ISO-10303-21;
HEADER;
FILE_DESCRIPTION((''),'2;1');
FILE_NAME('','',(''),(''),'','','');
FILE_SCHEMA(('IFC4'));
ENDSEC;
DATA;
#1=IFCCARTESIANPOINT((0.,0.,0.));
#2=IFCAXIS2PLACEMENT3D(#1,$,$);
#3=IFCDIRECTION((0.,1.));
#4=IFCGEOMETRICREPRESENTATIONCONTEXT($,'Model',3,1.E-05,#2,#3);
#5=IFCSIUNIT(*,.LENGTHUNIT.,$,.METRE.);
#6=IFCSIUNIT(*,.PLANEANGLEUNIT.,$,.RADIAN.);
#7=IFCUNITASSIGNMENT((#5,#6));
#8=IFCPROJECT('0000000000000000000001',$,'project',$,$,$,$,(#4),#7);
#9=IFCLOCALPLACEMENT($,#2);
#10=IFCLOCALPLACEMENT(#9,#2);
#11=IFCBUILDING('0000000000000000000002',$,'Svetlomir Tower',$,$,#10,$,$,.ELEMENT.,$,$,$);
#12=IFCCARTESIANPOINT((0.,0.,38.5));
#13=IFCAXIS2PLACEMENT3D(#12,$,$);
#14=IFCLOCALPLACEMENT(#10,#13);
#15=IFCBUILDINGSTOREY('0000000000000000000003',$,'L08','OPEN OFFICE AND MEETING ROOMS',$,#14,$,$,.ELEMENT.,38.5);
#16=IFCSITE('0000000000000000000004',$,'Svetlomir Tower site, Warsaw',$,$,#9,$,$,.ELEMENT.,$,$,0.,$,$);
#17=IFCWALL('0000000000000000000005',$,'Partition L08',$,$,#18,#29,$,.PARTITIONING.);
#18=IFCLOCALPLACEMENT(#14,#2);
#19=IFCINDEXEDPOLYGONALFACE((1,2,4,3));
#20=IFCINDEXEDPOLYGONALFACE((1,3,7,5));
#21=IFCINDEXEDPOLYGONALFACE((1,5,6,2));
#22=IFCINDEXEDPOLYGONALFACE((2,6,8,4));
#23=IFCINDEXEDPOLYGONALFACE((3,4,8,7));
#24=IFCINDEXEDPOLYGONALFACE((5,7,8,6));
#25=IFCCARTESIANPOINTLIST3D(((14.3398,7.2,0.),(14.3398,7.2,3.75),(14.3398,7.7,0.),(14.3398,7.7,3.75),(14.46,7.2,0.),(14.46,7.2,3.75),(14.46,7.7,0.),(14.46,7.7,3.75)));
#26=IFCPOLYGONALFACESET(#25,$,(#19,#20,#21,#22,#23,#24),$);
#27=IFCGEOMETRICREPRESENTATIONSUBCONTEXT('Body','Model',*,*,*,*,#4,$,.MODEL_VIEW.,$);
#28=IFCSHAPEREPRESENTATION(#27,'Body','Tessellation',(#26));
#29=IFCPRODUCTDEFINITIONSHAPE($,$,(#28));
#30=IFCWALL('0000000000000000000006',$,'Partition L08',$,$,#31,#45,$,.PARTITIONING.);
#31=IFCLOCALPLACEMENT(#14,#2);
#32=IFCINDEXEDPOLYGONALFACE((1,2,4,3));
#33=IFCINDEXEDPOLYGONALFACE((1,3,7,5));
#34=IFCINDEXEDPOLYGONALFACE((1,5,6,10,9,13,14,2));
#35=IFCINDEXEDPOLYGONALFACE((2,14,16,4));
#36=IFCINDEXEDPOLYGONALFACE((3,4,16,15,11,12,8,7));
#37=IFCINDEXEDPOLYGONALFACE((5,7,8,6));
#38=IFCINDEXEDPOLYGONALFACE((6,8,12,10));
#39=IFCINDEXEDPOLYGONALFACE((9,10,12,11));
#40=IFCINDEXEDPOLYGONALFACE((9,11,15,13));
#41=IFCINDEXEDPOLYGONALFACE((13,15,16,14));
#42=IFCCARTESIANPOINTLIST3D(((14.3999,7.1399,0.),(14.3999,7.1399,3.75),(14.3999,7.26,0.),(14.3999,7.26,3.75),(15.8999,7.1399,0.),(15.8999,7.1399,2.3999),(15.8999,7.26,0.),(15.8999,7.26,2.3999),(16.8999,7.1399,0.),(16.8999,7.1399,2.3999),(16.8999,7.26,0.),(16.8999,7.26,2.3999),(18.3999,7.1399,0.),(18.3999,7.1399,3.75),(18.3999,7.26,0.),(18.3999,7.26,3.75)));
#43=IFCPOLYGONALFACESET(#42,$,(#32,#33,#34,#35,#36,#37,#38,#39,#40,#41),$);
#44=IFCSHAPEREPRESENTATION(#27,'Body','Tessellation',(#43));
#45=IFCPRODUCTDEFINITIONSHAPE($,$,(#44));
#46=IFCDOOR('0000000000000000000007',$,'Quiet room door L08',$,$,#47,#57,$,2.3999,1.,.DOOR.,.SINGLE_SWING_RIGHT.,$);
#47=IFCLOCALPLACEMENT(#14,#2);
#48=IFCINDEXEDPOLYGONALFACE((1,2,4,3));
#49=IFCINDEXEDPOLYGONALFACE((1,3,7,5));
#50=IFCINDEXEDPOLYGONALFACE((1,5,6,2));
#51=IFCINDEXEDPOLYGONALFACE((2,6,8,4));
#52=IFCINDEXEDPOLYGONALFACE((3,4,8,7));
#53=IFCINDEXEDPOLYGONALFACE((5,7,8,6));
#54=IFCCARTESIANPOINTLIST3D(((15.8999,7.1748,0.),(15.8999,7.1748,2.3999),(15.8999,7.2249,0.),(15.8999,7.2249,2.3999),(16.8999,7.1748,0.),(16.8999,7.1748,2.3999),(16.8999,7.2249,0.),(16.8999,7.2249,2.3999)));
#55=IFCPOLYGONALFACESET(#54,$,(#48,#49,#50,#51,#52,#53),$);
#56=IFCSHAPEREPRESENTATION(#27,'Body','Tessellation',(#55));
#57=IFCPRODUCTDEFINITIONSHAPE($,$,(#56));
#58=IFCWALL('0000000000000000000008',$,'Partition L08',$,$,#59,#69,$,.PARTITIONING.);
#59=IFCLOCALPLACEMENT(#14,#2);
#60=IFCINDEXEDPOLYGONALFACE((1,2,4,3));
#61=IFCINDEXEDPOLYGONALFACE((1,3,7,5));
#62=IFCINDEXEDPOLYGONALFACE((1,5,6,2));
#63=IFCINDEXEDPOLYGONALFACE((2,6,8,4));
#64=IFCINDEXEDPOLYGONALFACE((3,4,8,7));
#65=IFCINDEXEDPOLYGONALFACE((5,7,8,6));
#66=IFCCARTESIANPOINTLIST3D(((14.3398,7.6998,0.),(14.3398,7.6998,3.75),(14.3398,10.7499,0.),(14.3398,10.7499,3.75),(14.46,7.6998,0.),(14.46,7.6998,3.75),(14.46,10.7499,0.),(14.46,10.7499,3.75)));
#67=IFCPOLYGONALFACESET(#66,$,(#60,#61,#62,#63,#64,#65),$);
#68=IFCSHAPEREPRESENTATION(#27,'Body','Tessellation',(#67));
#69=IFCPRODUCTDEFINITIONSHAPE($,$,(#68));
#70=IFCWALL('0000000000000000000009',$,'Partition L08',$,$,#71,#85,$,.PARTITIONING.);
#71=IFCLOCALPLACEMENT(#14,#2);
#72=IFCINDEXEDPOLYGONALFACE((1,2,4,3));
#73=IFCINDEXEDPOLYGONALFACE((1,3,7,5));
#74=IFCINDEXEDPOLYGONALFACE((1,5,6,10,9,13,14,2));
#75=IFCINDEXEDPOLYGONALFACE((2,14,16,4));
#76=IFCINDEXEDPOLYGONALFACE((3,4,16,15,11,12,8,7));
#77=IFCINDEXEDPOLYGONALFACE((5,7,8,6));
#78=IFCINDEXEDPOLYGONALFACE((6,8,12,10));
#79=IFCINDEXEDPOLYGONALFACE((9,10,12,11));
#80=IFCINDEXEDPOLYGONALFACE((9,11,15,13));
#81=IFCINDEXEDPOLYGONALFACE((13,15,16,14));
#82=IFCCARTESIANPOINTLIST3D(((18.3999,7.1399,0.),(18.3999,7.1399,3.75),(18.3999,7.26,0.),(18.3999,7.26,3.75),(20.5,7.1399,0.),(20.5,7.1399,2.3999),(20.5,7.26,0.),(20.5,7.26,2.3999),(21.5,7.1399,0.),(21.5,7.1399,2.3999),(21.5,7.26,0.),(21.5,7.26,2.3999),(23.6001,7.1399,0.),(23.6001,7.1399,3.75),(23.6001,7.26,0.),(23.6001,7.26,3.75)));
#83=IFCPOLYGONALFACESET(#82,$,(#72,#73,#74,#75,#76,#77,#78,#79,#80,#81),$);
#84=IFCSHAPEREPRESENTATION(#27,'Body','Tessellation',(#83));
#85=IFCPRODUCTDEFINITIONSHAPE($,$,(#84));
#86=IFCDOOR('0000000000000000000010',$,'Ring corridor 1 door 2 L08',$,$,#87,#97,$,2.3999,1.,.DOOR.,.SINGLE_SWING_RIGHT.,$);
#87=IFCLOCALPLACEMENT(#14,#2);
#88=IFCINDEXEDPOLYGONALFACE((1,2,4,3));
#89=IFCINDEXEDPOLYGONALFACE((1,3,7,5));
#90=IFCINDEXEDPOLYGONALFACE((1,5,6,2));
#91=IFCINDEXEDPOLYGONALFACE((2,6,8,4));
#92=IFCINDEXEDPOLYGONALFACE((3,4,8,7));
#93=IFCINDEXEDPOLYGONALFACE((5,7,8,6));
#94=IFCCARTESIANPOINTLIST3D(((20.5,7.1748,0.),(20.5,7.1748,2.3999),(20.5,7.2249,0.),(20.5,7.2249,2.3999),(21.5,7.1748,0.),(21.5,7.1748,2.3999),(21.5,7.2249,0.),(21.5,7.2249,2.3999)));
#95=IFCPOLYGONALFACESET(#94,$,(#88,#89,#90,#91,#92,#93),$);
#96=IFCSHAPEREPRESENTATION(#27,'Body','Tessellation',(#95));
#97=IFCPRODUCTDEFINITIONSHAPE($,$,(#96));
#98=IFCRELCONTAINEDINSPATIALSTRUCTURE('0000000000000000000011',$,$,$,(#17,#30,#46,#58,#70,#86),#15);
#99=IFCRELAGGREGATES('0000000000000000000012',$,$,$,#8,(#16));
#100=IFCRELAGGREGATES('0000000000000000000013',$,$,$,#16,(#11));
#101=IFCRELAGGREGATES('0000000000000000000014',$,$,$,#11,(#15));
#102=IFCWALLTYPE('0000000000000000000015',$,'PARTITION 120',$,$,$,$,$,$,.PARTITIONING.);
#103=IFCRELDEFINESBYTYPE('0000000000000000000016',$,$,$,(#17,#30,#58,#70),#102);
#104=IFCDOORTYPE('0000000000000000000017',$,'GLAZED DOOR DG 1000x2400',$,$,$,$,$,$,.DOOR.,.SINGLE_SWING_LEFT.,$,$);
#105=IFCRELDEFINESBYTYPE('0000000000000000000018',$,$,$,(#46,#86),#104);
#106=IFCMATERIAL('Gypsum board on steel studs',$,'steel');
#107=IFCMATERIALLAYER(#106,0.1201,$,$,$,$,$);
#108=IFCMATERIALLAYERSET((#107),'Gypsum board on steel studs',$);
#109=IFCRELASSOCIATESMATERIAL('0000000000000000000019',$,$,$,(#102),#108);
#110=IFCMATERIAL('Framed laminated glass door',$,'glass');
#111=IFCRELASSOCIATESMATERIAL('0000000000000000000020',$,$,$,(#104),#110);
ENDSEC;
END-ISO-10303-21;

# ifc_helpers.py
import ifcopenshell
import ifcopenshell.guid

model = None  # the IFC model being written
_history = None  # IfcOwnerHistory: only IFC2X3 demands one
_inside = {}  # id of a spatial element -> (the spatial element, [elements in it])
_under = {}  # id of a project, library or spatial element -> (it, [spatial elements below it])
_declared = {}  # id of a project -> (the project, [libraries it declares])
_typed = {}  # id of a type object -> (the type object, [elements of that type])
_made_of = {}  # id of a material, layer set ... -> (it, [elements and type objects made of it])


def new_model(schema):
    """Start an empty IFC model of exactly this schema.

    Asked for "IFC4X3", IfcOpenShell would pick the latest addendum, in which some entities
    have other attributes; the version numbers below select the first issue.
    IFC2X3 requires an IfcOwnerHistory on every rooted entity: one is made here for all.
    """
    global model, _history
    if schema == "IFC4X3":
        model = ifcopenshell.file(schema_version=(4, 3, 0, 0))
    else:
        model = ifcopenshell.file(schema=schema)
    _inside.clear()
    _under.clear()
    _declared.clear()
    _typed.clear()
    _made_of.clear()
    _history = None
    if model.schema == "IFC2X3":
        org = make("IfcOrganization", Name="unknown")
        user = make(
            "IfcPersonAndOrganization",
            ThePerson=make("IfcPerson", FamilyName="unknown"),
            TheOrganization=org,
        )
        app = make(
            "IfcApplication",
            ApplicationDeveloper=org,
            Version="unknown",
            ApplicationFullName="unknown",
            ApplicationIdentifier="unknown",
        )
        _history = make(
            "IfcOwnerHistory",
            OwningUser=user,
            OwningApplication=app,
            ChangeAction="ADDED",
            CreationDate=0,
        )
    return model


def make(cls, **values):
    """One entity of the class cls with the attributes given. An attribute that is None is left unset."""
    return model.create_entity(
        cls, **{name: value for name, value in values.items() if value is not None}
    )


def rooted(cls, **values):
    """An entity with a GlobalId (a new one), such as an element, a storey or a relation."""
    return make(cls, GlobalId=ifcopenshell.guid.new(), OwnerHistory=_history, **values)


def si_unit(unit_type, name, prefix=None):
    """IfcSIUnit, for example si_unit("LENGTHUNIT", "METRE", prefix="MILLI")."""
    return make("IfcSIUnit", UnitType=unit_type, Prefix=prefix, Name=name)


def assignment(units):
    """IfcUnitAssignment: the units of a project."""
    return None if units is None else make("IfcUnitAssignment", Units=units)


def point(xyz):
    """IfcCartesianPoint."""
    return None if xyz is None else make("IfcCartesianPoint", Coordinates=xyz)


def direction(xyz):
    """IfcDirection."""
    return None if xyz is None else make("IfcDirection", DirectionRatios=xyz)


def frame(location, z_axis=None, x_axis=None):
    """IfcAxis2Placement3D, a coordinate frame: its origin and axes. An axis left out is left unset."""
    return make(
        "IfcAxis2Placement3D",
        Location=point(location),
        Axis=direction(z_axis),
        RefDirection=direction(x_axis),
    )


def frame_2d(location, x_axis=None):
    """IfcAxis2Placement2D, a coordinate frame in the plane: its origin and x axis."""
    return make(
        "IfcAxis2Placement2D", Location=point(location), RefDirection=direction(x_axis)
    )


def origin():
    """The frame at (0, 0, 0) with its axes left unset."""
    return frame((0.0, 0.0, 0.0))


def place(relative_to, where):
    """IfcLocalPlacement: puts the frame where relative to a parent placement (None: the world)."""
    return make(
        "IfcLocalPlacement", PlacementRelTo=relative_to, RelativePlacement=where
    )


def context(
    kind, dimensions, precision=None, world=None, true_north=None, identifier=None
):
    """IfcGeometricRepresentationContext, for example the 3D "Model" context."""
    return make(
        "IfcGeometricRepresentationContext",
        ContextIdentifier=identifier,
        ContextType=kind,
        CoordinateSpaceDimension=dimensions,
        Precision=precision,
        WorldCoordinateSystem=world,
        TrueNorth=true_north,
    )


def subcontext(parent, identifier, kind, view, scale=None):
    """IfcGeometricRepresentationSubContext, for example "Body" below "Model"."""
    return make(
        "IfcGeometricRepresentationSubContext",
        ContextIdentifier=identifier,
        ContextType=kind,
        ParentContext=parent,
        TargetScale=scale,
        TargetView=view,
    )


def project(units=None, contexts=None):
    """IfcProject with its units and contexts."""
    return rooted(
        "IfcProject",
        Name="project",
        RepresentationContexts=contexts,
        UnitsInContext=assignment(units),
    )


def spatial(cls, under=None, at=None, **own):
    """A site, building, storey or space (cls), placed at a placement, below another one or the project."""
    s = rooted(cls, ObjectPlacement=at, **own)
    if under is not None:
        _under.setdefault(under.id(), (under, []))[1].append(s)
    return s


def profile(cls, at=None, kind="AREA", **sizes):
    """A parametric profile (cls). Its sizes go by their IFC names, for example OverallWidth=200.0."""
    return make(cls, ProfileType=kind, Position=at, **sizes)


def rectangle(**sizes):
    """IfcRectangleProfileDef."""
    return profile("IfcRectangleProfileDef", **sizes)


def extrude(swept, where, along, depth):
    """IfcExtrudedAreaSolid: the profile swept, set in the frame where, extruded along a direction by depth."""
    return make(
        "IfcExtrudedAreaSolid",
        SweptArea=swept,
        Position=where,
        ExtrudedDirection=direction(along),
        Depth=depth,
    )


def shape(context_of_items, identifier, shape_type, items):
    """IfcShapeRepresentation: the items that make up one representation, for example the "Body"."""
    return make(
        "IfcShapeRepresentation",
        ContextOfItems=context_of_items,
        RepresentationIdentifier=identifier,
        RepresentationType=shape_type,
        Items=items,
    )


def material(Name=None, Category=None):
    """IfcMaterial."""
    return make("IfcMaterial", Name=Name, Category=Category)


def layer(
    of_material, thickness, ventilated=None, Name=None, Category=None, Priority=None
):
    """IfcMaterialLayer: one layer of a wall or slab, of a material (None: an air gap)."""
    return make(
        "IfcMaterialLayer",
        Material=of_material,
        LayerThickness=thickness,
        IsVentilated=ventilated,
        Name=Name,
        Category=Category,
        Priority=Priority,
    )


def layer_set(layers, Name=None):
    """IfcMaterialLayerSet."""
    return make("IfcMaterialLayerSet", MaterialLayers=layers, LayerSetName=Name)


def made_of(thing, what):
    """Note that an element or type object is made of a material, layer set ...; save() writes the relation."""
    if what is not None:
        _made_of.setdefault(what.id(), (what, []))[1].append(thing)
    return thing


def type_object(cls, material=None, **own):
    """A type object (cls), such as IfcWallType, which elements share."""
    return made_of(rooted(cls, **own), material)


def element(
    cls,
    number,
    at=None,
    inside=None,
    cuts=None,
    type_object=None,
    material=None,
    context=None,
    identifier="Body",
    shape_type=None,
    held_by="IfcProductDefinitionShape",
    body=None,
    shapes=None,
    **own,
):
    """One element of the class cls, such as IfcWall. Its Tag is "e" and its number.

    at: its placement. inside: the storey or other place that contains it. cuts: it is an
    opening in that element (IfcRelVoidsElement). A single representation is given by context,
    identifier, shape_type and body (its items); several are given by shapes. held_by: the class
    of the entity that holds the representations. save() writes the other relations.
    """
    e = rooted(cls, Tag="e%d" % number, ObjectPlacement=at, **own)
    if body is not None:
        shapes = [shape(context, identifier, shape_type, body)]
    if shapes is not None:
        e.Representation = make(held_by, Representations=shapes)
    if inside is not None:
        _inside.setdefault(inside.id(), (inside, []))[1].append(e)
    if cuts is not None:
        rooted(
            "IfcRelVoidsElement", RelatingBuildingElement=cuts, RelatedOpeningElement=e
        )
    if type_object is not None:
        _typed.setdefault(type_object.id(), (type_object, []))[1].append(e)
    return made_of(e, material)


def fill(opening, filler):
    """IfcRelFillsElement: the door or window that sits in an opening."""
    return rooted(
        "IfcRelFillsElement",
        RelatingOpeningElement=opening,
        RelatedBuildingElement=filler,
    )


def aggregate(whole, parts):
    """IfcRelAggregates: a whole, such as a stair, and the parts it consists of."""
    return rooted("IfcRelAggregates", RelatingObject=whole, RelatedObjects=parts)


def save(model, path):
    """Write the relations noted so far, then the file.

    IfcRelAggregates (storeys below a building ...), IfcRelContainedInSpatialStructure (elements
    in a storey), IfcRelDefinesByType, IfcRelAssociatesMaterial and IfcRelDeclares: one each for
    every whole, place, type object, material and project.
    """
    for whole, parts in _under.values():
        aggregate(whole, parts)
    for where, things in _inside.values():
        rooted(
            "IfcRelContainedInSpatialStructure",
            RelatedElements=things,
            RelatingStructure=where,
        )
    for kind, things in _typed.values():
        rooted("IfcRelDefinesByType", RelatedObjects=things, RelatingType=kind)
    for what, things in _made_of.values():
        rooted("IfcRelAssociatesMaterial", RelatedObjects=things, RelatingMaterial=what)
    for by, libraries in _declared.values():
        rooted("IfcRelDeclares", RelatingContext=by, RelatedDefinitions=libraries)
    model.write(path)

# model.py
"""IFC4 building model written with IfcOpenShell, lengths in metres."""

from ifc_helpers import new_model, si_unit, direction, frame, frame_2d, origin, place, context, subcontext, project, spatial, rectangle, extrude, material, layer, layer_set, type_object, element, fill, save


model = new_model("IFC4")

# Units and contexts
model_context = context("Model", 3, precision=1e-05, world=origin(), true_north=direction((0.0, 1.0)))
body_context = subcontext(model_context, "Body", "Model", "MODEL_VIEW")
ifc_project = project(units=[si_unit("LENGTHUNIT", "METRE"), si_unit("PLANEANGLEUNIT", "RADIAN")], contexts=[model_context])

# Site, building, storey
site_placement = place(None, origin())
site = spatial("IfcSite", under=ifc_project, at=site_placement, Name="Svetlomir Tower site, Warsaw", CompositionType="ELEMENT", RefElevation=0.0)
building_placement = place(site_placement, origin())
building = spatial("IfcBuilding", under=site, at=building_placement, Name="Svetlomir Tower", CompositionType="ELEMENT")
storey_placement = place(building_placement, frame((0.0, 0.0, 38.5)))
storey = spatial("IfcBuildingStorey", under=building, at=storey_placement, Name="L08", Description="OPEN OFFICE AND MEETING ROOMS", CompositionType="ELEMENT", Elevation=38.5)

# Wall
ifc_material_1 = material(Name="Gypsum board on steel studs", Category="steel")
ifc_layer_1 = layer(ifc_material_1, 0.1201)
ifc_layer_set_1 = layer_set([ifc_layer_1], Name="Gypsum board on steel studs")
wall_type_1 = type_object("IfcWallType", Name="PARTITION 120", PredefinedType="PARTITIONING", material=ifc_layer_set_1)
wall_1_placement = place(storey_placement, frame((14.3999, 7.2, 0.0), z_axis=(0.0, 0.0, 1.0), x_axis=(0.0, 1.0, 0.0)))
element("IfcWall", 1, at=wall_1_placement, inside=storey, type_object=wall_type_1, Name="Partition L08", PredefinedType="PARTITIONING", context=body_context, shape_type="SweptSolid", body=[
    extrude(rectangle(XDim=0.5, YDim=0.1201, at=frame_2d((0.25, 0.0))), origin(), (0.0, 0.0, 1.0), 3.75),
])

# Wall, opening, door
wall_2_placement = place(storey_placement, frame((14.3999, 7.2, 0.0), z_axis=(0.0, 0.0, 1.0), x_axis=(1.0, 0.0, 0.0)))
wall_2 = element("IfcWall", 2, at=wall_2_placement, inside=storey, type_object=wall_type_1, Name="Partition L08", PredefinedType="PARTITIONING", context=body_context, shape_type="SweptSolid", body=[
    extrude(rectangle(XDim=4.0, YDim=0.1201, at=frame_2d((2.0, 0.0))), origin(), (0.0, 0.0, 1.0), 3.75),
])
opening_1_placement = place(wall_2_placement, frame((1.5, 0.0, 0.0)))
opening_1 = element("IfcOpeningElement", 3, at=opening_1_placement, cuts=wall_2, PredefinedType="OPENING", context=body_context, shape_type="SweptSolid", body=[
    extrude(rectangle(XDim=1.0, YDim=2.3999, at=frame_2d((0.5, 1.2))), frame((0.0, 0.0701, 0.0), z_axis=(0.0, -1.0, 0.0), x_axis=(1.0, 0.0, 0.0)), (0.0, 0.0, 1.0), 0.1401),
])
ifc_material_2 = material(Name="Framed laminated glass door", Category="glass")
door_type_1 = type_object("IfcDoorType", Name="GLAZED DOOR DG 1000x2400", OperationType="SINGLE_SWING_LEFT", PredefinedType="DOOR", material=ifc_material_2)
door_1_placement = place(opening_1_placement, origin())
door_1 = element("IfcDoor", 4, at=door_1_placement, inside=storey, type_object=door_type_1, Name="Quiet room door L08", OperationType="SINGLE_SWING_RIGHT", OverallHeight=2.3999, OverallWidth=1.0, PredefinedType="DOOR", context=body_context, shape_type="SweptSolid", body=[
    extrude(rectangle(XDim=1.0, YDim=2.3999, at=frame_2d((0.5, 1.2))), frame((0.0, 0.0249, 0.0), z_axis=(0.0, -1.0, 0.0), x_axis=(1.0, 0.0, 0.0)), (0.0, 0.0, 1.0), 0.05),
])
fill(opening_1, door_1)

# Wall
wall_3_placement = place(storey_placement, frame((14.3999, 7.7, 0.0), z_axis=(0.0, 0.0, 1.0), x_axis=(0.0, 1.0, 0.0)))
element("IfcWall", 5, at=wall_3_placement, inside=storey, type_object=wall_type_1, Name="Partition L08", PredefinedType="PARTITIONING", context=body_context, shape_type="SweptSolid", body=[
    extrude(rectangle(XDim=3.05, YDim=0.1201, at=frame_2d((1.5249, 0.0))), origin(), (0.0, 0.0, 1.0), 3.75),
])

# Wall, opening, door
wall_4_placement = place(storey_placement, frame((18.3999, 7.2, 0.0), z_axis=(0.0, 0.0, 1.0), x_axis=(1.0, 0.0, 0.0)))
wall_4 = element("IfcWall", 6, at=wall_4_placement, inside=storey, type_object=wall_type_1, Name="Partition L08", PredefinedType="PARTITIONING", context=body_context, shape_type="SweptSolid", body=[
    extrude(rectangle(XDim=5.2002, YDim=0.1201, at=frame_2d((2.6001, 0.0))), origin(), (0.0, 0.0, 1.0), 3.75),
])
opening_2_placement = place(wall_4_placement, frame((2.1001, 0.0, 0.0)))
opening_2 = element("IfcOpeningElement", 7, at=opening_2_placement, cuts=wall_4, PredefinedType="OPENING", context=body_context, shape_type="SweptSolid", body=[
    extrude(rectangle(XDim=1.0, YDim=2.3999, at=frame_2d((0.5, 1.2))), frame((0.0, 0.0701, 0.0), z_axis=(0.0, -1.0, 0.0), x_axis=(1.0, 0.0, 0.0)), (0.0, 0.0, 1.0), 0.1401),
])
door_2_placement = place(opening_2_placement, origin())
door_2 = element("IfcDoor", 8, at=door_2_placement, inside=storey, type_object=door_type_1, Name="Ring corridor 1 door 2 L08", OperationType="SINGLE_SWING_RIGHT", OverallHeight=2.3999, OverallWidth=1.0, PredefinedType="DOOR", context=body_context, shape_type="SweptSolid", body=[
    extrude(rectangle(XDim=1.0, YDim=2.3999, at=frame_2d((0.5, 1.2))), frame((0.0, 0.0249, 0.0), z_axis=(0.0, -1.0, 0.0), x_axis=(1.0, 0.0, 0.0)), (0.0, 0.0, 1.0), 0.05),
])
fill(opening_2, door_2)

save(model, "model.ifc")
